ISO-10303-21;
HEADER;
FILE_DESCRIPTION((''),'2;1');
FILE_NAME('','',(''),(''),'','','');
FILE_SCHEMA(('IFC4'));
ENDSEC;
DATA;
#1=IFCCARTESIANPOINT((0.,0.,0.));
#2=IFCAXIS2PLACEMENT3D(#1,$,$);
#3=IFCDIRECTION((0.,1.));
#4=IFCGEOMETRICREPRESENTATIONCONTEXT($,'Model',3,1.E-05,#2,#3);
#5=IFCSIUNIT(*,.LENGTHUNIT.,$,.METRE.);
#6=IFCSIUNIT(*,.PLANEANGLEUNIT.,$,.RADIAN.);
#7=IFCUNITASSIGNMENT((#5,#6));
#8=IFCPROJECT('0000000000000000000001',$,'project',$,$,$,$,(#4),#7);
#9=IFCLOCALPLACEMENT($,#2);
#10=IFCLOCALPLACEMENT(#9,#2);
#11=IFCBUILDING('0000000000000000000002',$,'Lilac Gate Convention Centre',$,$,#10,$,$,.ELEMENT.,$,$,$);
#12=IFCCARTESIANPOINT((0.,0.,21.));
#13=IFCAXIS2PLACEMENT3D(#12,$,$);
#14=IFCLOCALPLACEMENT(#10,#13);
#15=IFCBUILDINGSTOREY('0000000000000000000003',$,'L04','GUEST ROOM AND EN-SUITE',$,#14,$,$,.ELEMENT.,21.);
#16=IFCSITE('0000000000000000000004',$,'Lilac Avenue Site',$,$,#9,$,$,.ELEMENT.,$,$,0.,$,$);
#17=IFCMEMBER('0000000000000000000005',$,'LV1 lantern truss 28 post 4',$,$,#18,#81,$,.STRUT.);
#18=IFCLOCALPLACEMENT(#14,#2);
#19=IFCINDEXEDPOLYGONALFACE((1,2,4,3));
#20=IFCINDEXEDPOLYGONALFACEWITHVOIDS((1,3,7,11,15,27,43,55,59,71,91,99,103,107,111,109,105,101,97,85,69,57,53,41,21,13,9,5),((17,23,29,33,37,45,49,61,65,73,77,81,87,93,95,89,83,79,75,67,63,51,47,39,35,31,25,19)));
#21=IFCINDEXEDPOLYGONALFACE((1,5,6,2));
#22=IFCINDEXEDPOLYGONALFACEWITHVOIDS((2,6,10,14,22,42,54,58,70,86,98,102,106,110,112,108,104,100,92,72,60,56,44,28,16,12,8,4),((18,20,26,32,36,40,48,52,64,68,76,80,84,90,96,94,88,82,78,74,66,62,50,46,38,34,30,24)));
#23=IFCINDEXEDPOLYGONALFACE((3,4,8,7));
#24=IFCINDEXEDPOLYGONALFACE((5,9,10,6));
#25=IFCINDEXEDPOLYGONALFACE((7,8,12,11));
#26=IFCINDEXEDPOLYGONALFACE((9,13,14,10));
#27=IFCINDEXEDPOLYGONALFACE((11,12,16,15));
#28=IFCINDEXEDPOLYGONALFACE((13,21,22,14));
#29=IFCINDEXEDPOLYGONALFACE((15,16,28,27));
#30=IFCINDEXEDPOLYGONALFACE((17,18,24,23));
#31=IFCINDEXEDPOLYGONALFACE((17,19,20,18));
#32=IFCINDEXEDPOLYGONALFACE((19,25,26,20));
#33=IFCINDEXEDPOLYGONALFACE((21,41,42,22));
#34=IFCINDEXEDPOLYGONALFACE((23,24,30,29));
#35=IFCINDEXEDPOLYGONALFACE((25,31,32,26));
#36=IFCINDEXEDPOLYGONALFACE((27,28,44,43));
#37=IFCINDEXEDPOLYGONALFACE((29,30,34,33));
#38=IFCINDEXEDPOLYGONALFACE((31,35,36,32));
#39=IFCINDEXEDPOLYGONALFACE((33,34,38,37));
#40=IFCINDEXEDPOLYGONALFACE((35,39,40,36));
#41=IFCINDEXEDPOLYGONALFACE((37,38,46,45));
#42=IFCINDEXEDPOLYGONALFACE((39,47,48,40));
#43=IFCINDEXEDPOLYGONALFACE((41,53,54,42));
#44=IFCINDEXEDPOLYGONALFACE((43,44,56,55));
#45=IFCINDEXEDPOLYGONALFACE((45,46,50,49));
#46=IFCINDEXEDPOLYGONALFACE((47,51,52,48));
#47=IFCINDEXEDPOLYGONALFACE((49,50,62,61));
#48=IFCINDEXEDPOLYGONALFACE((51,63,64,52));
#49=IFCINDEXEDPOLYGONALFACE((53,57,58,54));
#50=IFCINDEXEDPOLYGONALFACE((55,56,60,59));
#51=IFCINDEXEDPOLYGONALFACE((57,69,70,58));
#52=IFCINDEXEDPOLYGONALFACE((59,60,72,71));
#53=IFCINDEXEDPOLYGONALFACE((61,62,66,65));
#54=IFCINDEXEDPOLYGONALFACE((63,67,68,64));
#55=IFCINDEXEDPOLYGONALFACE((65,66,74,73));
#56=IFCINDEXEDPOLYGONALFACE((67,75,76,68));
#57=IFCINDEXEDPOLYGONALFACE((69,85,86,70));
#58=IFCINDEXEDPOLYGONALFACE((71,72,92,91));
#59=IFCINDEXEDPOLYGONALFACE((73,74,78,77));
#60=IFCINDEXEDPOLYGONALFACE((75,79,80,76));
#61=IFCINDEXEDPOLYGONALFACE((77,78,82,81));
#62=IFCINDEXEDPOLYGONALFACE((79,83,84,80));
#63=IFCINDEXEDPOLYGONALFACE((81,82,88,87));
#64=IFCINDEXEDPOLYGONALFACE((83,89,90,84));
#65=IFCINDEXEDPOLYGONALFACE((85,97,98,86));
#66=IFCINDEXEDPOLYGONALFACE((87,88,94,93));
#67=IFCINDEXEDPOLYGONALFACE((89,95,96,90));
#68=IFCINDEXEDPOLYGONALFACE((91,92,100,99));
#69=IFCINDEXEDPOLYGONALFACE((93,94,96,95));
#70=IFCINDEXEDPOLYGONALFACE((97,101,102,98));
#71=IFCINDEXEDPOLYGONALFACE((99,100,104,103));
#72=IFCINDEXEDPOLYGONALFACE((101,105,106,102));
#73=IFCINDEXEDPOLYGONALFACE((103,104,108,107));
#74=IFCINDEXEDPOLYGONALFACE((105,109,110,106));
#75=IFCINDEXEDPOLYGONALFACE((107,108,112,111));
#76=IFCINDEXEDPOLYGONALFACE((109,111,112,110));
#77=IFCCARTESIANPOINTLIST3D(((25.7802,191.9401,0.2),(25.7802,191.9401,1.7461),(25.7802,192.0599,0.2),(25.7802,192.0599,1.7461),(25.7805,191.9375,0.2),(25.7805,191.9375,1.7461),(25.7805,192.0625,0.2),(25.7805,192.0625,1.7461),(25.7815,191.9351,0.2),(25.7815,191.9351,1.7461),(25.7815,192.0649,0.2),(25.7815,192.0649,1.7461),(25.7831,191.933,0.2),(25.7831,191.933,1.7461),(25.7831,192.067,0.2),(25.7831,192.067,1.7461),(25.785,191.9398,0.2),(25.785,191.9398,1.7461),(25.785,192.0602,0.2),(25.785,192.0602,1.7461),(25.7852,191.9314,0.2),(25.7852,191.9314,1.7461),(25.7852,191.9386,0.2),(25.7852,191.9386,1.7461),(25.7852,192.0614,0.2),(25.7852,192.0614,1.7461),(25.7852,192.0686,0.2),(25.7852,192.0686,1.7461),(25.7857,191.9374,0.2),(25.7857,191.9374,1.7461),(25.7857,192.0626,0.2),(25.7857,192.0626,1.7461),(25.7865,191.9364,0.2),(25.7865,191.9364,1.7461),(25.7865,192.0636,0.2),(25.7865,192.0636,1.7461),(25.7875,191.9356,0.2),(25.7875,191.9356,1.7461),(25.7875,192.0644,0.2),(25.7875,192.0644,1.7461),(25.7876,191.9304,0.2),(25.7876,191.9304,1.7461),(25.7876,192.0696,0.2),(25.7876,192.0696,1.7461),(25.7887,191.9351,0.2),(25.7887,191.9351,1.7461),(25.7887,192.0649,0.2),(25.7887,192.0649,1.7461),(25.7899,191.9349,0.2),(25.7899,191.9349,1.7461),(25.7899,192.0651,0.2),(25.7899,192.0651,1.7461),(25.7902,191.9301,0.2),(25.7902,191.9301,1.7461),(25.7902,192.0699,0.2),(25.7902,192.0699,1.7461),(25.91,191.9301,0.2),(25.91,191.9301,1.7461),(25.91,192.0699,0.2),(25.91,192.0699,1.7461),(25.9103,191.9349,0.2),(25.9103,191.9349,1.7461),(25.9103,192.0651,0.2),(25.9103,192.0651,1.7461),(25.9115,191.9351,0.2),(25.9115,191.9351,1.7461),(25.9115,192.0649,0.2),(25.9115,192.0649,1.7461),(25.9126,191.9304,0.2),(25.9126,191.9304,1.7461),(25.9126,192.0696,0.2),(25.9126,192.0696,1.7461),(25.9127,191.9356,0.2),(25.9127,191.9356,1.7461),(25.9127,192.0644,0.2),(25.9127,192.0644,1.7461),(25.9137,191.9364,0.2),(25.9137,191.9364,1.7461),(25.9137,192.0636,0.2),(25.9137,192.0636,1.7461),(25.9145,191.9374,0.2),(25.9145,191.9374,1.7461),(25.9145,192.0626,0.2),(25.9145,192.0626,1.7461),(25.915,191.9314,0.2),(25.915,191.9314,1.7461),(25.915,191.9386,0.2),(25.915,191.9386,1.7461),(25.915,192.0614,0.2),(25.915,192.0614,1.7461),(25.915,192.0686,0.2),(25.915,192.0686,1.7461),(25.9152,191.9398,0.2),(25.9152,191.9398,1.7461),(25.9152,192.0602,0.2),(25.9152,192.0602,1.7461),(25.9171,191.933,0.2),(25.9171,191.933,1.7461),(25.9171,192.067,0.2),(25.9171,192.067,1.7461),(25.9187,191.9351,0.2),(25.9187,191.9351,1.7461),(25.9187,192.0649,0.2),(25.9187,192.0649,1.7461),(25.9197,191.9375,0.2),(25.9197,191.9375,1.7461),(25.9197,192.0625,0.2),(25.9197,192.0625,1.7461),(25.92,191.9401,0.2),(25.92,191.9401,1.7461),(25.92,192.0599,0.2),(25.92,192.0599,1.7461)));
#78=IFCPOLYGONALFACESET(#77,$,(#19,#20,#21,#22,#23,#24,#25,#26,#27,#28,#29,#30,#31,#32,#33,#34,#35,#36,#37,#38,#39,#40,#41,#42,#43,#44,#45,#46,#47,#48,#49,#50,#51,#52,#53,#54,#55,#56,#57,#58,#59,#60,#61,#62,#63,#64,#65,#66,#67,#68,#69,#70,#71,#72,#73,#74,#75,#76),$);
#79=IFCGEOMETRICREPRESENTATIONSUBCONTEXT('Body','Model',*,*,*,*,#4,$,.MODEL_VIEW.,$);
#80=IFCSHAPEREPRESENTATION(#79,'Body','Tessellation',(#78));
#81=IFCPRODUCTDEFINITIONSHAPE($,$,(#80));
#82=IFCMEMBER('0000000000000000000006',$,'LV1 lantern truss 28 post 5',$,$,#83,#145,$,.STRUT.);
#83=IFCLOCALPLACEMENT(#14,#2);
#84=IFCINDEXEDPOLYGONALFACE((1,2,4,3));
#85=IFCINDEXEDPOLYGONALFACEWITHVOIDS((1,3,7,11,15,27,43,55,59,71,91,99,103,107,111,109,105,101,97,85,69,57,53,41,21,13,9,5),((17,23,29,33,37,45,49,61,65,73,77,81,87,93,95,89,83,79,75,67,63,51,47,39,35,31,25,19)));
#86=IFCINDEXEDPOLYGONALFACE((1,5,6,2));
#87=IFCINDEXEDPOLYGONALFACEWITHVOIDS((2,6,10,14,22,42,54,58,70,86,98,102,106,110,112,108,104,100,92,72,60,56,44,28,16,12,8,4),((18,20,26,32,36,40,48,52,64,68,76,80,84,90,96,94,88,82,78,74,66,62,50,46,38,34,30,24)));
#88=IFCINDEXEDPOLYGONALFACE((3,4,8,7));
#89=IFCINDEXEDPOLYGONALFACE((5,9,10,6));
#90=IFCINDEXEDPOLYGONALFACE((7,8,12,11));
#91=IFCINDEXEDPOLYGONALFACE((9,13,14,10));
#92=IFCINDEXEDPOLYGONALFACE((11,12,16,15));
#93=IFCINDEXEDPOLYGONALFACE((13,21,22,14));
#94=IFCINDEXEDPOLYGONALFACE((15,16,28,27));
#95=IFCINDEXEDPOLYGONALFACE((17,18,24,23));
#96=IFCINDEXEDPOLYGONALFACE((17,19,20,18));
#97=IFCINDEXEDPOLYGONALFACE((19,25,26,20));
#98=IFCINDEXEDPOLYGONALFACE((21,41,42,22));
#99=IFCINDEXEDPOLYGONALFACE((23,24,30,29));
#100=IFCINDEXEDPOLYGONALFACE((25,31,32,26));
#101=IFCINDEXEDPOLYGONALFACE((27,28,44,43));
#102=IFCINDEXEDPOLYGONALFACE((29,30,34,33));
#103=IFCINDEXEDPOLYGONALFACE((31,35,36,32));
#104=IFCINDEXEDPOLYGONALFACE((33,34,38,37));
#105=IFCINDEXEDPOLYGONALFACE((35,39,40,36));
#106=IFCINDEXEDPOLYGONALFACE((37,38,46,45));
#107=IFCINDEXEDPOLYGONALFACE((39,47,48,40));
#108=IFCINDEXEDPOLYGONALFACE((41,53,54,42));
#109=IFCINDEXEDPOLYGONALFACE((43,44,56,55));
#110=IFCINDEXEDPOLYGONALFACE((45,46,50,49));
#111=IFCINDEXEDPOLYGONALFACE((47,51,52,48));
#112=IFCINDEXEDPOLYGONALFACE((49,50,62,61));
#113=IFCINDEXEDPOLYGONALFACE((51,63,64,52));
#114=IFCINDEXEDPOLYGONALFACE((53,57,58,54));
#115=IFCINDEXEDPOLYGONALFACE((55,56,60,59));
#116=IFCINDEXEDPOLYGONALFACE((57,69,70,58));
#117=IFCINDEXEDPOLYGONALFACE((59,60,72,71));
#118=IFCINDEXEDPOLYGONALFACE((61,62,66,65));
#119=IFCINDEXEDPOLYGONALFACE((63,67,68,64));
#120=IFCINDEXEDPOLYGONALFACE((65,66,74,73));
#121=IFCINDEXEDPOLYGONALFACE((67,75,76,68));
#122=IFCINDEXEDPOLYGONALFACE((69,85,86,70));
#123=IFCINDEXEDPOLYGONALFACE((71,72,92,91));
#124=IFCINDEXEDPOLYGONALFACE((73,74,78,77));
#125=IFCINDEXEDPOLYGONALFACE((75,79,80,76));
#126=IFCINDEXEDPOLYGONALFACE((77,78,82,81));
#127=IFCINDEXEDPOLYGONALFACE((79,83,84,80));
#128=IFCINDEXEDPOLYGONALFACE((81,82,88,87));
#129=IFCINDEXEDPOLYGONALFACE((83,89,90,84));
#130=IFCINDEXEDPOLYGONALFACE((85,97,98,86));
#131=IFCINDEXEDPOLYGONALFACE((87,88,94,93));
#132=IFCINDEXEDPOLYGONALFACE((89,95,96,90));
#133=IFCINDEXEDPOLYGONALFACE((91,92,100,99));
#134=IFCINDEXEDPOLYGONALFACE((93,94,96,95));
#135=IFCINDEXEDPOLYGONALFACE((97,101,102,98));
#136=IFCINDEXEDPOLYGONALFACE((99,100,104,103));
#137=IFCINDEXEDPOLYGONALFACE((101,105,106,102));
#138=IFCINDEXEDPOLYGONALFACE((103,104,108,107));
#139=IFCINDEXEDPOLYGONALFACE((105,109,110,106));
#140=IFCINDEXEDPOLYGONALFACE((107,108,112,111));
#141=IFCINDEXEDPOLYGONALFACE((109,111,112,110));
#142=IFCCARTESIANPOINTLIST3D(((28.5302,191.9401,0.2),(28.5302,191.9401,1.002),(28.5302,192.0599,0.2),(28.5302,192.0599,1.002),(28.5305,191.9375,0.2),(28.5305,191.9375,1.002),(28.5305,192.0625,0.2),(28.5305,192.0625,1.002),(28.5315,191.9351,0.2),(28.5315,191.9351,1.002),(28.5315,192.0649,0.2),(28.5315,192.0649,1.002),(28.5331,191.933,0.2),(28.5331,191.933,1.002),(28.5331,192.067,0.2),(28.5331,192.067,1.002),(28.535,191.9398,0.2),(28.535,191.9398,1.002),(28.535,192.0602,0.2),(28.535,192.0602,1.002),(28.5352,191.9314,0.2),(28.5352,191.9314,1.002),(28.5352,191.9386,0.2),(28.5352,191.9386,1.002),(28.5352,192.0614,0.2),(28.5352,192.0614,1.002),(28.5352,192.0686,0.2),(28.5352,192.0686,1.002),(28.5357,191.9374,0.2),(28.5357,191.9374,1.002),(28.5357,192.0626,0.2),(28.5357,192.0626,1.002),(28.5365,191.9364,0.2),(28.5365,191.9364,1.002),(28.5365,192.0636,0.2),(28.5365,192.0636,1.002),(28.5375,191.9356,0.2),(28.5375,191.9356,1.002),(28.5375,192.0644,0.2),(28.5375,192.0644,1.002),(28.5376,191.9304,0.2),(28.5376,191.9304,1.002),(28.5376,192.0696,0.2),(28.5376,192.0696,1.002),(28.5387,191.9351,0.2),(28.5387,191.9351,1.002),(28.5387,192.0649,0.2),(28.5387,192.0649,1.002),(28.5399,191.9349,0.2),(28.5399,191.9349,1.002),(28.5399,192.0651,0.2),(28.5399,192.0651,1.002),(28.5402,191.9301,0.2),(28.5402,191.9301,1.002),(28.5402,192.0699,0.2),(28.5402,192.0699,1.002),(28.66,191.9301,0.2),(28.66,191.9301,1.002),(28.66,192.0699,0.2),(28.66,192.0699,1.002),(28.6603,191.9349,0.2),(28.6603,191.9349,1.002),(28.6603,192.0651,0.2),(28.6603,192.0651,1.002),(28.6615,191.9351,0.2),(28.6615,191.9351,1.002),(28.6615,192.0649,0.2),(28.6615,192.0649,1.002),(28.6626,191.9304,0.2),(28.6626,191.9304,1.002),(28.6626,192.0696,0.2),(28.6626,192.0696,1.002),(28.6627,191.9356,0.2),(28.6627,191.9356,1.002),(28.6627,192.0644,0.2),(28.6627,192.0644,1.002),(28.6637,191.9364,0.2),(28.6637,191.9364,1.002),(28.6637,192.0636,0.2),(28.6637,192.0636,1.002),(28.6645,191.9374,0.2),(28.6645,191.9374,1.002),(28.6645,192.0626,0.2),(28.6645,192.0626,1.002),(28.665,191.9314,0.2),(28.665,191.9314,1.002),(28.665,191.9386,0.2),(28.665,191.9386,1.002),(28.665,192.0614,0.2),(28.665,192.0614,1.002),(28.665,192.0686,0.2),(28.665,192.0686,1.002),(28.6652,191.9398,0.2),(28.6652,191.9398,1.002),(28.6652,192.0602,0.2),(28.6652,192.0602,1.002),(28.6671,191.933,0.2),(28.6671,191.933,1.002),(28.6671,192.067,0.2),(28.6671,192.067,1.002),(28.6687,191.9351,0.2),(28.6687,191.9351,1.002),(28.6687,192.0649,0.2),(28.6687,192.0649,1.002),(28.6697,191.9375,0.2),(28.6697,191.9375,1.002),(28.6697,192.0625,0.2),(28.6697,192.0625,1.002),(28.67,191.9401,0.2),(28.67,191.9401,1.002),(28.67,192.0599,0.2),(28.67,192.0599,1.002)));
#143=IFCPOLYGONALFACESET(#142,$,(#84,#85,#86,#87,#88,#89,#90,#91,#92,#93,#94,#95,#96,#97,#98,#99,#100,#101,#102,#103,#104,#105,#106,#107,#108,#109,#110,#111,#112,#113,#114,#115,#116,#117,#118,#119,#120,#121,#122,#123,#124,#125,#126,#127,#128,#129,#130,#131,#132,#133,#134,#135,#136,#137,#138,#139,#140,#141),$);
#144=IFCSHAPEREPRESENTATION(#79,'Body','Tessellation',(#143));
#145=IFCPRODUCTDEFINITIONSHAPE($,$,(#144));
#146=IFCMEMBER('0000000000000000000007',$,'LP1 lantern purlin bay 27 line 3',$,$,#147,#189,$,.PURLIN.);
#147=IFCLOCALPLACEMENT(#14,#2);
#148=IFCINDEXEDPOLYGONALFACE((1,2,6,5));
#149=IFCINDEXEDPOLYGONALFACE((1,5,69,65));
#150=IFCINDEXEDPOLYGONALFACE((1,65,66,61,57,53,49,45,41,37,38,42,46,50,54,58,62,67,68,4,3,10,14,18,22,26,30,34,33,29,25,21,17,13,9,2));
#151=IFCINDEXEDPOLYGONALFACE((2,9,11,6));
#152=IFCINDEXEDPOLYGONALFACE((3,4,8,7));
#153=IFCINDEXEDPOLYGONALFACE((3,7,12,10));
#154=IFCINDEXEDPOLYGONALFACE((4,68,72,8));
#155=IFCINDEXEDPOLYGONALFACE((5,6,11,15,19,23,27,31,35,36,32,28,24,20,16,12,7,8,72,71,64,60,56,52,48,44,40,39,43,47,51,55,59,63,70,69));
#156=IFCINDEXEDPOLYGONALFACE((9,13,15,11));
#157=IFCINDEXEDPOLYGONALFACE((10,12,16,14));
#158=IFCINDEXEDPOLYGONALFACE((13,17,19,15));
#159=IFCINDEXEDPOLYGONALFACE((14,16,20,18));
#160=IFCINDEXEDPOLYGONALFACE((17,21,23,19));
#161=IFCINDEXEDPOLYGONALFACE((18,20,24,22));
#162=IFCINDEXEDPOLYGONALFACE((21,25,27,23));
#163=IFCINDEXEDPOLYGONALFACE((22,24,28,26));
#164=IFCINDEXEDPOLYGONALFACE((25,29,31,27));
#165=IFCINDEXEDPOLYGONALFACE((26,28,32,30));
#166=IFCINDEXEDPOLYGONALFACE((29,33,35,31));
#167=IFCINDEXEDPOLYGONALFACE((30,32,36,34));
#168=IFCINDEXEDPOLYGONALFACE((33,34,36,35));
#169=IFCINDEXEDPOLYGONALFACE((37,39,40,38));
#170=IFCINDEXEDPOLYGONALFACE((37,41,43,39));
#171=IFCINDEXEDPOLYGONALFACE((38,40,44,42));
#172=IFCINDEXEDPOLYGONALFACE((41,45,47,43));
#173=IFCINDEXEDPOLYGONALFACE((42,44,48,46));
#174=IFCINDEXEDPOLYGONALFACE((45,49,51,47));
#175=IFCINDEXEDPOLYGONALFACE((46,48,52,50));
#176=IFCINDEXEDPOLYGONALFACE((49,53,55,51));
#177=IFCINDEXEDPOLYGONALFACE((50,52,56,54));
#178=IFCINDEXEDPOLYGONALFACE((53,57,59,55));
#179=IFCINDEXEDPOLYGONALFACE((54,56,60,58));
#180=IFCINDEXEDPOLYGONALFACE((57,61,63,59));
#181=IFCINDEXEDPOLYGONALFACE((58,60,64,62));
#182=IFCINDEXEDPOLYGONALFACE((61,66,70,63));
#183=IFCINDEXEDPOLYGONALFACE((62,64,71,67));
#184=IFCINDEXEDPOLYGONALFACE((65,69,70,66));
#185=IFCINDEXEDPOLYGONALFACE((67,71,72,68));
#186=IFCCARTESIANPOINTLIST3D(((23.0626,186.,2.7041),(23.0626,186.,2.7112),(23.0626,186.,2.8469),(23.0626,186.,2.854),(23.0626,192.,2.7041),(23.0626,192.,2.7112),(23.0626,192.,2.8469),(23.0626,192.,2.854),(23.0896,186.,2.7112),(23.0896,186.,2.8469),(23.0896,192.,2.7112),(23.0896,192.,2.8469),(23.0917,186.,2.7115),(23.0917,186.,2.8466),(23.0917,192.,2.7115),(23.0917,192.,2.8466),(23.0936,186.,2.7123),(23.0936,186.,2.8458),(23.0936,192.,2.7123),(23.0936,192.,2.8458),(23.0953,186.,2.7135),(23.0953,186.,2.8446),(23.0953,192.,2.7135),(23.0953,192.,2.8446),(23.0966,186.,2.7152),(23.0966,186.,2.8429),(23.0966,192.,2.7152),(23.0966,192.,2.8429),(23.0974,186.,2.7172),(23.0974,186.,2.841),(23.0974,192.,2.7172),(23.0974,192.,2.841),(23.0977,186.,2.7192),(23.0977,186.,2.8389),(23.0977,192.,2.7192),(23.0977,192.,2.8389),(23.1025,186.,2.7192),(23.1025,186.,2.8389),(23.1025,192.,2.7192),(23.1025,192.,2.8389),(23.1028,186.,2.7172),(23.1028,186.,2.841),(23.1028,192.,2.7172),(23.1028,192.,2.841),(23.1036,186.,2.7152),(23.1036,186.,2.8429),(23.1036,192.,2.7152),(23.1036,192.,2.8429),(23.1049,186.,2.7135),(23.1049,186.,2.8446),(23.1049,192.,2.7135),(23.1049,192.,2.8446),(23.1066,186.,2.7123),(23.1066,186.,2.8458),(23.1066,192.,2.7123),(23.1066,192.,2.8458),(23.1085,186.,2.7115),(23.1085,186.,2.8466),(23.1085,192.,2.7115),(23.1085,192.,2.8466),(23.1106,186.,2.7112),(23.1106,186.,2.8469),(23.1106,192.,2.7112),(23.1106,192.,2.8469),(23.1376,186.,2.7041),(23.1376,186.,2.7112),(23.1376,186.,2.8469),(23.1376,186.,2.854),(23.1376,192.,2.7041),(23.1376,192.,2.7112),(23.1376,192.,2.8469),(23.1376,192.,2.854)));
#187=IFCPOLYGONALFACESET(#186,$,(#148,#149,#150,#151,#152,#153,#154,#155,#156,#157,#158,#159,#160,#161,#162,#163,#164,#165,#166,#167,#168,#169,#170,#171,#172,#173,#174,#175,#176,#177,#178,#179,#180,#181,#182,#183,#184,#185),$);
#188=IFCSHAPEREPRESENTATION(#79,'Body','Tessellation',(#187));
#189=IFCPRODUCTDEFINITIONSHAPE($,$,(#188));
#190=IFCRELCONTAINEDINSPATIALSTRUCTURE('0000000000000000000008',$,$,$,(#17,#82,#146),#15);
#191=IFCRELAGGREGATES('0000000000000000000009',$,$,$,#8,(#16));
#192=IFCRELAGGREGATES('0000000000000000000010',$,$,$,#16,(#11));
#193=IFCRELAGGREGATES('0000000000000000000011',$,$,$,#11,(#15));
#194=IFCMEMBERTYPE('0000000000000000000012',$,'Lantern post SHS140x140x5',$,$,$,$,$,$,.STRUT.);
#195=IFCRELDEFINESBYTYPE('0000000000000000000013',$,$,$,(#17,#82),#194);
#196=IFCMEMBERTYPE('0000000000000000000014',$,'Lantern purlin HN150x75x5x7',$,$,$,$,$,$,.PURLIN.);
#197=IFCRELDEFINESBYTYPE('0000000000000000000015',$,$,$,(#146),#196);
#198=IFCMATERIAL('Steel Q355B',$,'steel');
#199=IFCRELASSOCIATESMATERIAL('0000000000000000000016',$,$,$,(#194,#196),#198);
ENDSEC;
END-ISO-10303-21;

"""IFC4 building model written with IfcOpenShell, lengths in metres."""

from ifc_helpers import new_model, si_unit, direction, frame, origin, origin_2d, place, context, subcontext, project, spatial, hollow_rectangle, i_section, extrude, material, material_profile, profile_set, type_object, element, save


model = new_model("IFC4")

# Units and contexts
model_context = context("Model", 3, precision=1e-05, world=origin(), true_north=direction((0.0, 1.0)))
body_context = subcontext(model_context, "Body", "Model", "MODEL_VIEW")
ifc_project = project(units=[si_unit("LENGTHUNIT", "METRE"), si_unit("PLANEANGLEUNIT", "RADIAN")], contexts=[model_context])

# Site, building, storey
site_placement = place(None, origin())
site = spatial("IfcSite", under=ifc_project, at=site_placement, Name="Lilac Avenue Site", CompositionType="ELEMENT", RefElevation=0.0)
building_placement = place(site_placement, origin())
building = spatial("IfcBuilding", under=site, at=building_placement, Name="Lilac Gate Convention Centre", CompositionType="ELEMENT")
storey_placement = place(building_placement, frame((0.0, 0.0, 21.0)))
storey = spatial("IfcBuildingStorey", under=building, at=storey_placement, Name="L04", Description="GUEST ROOM AND EN-SUITE", CompositionType="ELEMENT", Elevation=21.0)

# Members
ifc_material_1 = material(Name="Steel Q355B", Category="steel")
ifc_material_profile_1 = material_profile(ifc_material_1, hollow_rectangle(XDim=0.1399, YDim=0.1399, WallThickness=0.0049, InnerFilletRadius=0.0049, OuterFilletRadius=0.01, at=origin_2d()), Name="SHS140x140x5")
ifc_profile_set_1 = profile_set([ifc_material_profile_1], Name="Steel Q355B")
member_type_1 = type_object("IfcMemberType", Name="Lantern post SHS140x140x5", PredefinedType="STRUT", material=ifc_profile_set_1)
member_1_placement = place(storey_placement, frame((25.8501, 192.0, 0.2), z_axis=(0.0, 0.0, 1.0), x_axis=(1.0, 0.0, 0.0)))
element("IfcMember", 1, at=member_1_placement, inside=storey, type_object=member_type_1, Name="LV1 lantern truss 28 post 4", PredefinedType="STRUT", context=body_context, shape_type="SweptSolid", body=[
    extrude(hollow_rectangle(XDim=0.1399, YDim=0.1399, WallThickness=0.0049, InnerFilletRadius=0.0049, OuterFilletRadius=0.01, at=origin_2d()), origin(), (0.0, 0.0, 1.0), 1.5461),
])
member_2_placement = place(storey_placement, frame((28.6001, 192.0, 0.2), z_axis=(0.0, 0.0, 1.0), x_axis=(1.0, 0.0, 0.0)))
element("IfcMember", 2, at=member_2_placement, inside=storey, type_object=member_type_1, Name="LV1 lantern truss 28 post 5", PredefinedType="STRUT", context=body_context, shape_type="SweptSolid", body=[
    extrude(hollow_rectangle(XDim=0.1399, YDim=0.1399, WallThickness=0.0049, InnerFilletRadius=0.0049, OuterFilletRadius=0.01, at=origin_2d()), origin(), (0.0, 0.0, 1.0), 0.802),
])
ifc_material_profile_2 = material_profile(ifc_material_1, i_section(OverallWidth=0.075, OverallDepth=0.1499, WebThickness=0.0049, FlangeThickness=0.0071, FilletRadius=0.0081, at=origin_2d()), Name="HN150x75x5x7")
ifc_profile_set_2 = profile_set([ifc_material_profile_2], Name="Steel Q355B")
member_type_2 = type_object("IfcMemberType", Name="Lantern purlin HN150x75x5x7", PredefinedType="PURLIN", material=ifc_profile_set_2)
for number, where, z_axis, x_axis, name in (
    (3, (23.1001, 186.0, 2.7791), (0.0, 1.0, 0.0), (-1.0, 0.0, 0.0), "LP1 lantern purlin bay 27 line 3"),
):
    element("IfcMember", number, at=place(storey_placement, frame(where, z_axis=z_axis, x_axis=x_axis)), inside=storey, type_object=member_type_2, Name=name, PredefinedType="PURLIN", context=body_context, shape_type="SweptSolid", body=[
        extrude(i_section(OverallWidth=0.075, OverallDepth=0.1499, WebThickness=0.0049, FlangeThickness=0.0071, FilletRadius=0.0081, at=origin_2d()), origin(), (0.0, 0.0, 1.0), 6.0),
    ])

save(model, "model.ifc")
